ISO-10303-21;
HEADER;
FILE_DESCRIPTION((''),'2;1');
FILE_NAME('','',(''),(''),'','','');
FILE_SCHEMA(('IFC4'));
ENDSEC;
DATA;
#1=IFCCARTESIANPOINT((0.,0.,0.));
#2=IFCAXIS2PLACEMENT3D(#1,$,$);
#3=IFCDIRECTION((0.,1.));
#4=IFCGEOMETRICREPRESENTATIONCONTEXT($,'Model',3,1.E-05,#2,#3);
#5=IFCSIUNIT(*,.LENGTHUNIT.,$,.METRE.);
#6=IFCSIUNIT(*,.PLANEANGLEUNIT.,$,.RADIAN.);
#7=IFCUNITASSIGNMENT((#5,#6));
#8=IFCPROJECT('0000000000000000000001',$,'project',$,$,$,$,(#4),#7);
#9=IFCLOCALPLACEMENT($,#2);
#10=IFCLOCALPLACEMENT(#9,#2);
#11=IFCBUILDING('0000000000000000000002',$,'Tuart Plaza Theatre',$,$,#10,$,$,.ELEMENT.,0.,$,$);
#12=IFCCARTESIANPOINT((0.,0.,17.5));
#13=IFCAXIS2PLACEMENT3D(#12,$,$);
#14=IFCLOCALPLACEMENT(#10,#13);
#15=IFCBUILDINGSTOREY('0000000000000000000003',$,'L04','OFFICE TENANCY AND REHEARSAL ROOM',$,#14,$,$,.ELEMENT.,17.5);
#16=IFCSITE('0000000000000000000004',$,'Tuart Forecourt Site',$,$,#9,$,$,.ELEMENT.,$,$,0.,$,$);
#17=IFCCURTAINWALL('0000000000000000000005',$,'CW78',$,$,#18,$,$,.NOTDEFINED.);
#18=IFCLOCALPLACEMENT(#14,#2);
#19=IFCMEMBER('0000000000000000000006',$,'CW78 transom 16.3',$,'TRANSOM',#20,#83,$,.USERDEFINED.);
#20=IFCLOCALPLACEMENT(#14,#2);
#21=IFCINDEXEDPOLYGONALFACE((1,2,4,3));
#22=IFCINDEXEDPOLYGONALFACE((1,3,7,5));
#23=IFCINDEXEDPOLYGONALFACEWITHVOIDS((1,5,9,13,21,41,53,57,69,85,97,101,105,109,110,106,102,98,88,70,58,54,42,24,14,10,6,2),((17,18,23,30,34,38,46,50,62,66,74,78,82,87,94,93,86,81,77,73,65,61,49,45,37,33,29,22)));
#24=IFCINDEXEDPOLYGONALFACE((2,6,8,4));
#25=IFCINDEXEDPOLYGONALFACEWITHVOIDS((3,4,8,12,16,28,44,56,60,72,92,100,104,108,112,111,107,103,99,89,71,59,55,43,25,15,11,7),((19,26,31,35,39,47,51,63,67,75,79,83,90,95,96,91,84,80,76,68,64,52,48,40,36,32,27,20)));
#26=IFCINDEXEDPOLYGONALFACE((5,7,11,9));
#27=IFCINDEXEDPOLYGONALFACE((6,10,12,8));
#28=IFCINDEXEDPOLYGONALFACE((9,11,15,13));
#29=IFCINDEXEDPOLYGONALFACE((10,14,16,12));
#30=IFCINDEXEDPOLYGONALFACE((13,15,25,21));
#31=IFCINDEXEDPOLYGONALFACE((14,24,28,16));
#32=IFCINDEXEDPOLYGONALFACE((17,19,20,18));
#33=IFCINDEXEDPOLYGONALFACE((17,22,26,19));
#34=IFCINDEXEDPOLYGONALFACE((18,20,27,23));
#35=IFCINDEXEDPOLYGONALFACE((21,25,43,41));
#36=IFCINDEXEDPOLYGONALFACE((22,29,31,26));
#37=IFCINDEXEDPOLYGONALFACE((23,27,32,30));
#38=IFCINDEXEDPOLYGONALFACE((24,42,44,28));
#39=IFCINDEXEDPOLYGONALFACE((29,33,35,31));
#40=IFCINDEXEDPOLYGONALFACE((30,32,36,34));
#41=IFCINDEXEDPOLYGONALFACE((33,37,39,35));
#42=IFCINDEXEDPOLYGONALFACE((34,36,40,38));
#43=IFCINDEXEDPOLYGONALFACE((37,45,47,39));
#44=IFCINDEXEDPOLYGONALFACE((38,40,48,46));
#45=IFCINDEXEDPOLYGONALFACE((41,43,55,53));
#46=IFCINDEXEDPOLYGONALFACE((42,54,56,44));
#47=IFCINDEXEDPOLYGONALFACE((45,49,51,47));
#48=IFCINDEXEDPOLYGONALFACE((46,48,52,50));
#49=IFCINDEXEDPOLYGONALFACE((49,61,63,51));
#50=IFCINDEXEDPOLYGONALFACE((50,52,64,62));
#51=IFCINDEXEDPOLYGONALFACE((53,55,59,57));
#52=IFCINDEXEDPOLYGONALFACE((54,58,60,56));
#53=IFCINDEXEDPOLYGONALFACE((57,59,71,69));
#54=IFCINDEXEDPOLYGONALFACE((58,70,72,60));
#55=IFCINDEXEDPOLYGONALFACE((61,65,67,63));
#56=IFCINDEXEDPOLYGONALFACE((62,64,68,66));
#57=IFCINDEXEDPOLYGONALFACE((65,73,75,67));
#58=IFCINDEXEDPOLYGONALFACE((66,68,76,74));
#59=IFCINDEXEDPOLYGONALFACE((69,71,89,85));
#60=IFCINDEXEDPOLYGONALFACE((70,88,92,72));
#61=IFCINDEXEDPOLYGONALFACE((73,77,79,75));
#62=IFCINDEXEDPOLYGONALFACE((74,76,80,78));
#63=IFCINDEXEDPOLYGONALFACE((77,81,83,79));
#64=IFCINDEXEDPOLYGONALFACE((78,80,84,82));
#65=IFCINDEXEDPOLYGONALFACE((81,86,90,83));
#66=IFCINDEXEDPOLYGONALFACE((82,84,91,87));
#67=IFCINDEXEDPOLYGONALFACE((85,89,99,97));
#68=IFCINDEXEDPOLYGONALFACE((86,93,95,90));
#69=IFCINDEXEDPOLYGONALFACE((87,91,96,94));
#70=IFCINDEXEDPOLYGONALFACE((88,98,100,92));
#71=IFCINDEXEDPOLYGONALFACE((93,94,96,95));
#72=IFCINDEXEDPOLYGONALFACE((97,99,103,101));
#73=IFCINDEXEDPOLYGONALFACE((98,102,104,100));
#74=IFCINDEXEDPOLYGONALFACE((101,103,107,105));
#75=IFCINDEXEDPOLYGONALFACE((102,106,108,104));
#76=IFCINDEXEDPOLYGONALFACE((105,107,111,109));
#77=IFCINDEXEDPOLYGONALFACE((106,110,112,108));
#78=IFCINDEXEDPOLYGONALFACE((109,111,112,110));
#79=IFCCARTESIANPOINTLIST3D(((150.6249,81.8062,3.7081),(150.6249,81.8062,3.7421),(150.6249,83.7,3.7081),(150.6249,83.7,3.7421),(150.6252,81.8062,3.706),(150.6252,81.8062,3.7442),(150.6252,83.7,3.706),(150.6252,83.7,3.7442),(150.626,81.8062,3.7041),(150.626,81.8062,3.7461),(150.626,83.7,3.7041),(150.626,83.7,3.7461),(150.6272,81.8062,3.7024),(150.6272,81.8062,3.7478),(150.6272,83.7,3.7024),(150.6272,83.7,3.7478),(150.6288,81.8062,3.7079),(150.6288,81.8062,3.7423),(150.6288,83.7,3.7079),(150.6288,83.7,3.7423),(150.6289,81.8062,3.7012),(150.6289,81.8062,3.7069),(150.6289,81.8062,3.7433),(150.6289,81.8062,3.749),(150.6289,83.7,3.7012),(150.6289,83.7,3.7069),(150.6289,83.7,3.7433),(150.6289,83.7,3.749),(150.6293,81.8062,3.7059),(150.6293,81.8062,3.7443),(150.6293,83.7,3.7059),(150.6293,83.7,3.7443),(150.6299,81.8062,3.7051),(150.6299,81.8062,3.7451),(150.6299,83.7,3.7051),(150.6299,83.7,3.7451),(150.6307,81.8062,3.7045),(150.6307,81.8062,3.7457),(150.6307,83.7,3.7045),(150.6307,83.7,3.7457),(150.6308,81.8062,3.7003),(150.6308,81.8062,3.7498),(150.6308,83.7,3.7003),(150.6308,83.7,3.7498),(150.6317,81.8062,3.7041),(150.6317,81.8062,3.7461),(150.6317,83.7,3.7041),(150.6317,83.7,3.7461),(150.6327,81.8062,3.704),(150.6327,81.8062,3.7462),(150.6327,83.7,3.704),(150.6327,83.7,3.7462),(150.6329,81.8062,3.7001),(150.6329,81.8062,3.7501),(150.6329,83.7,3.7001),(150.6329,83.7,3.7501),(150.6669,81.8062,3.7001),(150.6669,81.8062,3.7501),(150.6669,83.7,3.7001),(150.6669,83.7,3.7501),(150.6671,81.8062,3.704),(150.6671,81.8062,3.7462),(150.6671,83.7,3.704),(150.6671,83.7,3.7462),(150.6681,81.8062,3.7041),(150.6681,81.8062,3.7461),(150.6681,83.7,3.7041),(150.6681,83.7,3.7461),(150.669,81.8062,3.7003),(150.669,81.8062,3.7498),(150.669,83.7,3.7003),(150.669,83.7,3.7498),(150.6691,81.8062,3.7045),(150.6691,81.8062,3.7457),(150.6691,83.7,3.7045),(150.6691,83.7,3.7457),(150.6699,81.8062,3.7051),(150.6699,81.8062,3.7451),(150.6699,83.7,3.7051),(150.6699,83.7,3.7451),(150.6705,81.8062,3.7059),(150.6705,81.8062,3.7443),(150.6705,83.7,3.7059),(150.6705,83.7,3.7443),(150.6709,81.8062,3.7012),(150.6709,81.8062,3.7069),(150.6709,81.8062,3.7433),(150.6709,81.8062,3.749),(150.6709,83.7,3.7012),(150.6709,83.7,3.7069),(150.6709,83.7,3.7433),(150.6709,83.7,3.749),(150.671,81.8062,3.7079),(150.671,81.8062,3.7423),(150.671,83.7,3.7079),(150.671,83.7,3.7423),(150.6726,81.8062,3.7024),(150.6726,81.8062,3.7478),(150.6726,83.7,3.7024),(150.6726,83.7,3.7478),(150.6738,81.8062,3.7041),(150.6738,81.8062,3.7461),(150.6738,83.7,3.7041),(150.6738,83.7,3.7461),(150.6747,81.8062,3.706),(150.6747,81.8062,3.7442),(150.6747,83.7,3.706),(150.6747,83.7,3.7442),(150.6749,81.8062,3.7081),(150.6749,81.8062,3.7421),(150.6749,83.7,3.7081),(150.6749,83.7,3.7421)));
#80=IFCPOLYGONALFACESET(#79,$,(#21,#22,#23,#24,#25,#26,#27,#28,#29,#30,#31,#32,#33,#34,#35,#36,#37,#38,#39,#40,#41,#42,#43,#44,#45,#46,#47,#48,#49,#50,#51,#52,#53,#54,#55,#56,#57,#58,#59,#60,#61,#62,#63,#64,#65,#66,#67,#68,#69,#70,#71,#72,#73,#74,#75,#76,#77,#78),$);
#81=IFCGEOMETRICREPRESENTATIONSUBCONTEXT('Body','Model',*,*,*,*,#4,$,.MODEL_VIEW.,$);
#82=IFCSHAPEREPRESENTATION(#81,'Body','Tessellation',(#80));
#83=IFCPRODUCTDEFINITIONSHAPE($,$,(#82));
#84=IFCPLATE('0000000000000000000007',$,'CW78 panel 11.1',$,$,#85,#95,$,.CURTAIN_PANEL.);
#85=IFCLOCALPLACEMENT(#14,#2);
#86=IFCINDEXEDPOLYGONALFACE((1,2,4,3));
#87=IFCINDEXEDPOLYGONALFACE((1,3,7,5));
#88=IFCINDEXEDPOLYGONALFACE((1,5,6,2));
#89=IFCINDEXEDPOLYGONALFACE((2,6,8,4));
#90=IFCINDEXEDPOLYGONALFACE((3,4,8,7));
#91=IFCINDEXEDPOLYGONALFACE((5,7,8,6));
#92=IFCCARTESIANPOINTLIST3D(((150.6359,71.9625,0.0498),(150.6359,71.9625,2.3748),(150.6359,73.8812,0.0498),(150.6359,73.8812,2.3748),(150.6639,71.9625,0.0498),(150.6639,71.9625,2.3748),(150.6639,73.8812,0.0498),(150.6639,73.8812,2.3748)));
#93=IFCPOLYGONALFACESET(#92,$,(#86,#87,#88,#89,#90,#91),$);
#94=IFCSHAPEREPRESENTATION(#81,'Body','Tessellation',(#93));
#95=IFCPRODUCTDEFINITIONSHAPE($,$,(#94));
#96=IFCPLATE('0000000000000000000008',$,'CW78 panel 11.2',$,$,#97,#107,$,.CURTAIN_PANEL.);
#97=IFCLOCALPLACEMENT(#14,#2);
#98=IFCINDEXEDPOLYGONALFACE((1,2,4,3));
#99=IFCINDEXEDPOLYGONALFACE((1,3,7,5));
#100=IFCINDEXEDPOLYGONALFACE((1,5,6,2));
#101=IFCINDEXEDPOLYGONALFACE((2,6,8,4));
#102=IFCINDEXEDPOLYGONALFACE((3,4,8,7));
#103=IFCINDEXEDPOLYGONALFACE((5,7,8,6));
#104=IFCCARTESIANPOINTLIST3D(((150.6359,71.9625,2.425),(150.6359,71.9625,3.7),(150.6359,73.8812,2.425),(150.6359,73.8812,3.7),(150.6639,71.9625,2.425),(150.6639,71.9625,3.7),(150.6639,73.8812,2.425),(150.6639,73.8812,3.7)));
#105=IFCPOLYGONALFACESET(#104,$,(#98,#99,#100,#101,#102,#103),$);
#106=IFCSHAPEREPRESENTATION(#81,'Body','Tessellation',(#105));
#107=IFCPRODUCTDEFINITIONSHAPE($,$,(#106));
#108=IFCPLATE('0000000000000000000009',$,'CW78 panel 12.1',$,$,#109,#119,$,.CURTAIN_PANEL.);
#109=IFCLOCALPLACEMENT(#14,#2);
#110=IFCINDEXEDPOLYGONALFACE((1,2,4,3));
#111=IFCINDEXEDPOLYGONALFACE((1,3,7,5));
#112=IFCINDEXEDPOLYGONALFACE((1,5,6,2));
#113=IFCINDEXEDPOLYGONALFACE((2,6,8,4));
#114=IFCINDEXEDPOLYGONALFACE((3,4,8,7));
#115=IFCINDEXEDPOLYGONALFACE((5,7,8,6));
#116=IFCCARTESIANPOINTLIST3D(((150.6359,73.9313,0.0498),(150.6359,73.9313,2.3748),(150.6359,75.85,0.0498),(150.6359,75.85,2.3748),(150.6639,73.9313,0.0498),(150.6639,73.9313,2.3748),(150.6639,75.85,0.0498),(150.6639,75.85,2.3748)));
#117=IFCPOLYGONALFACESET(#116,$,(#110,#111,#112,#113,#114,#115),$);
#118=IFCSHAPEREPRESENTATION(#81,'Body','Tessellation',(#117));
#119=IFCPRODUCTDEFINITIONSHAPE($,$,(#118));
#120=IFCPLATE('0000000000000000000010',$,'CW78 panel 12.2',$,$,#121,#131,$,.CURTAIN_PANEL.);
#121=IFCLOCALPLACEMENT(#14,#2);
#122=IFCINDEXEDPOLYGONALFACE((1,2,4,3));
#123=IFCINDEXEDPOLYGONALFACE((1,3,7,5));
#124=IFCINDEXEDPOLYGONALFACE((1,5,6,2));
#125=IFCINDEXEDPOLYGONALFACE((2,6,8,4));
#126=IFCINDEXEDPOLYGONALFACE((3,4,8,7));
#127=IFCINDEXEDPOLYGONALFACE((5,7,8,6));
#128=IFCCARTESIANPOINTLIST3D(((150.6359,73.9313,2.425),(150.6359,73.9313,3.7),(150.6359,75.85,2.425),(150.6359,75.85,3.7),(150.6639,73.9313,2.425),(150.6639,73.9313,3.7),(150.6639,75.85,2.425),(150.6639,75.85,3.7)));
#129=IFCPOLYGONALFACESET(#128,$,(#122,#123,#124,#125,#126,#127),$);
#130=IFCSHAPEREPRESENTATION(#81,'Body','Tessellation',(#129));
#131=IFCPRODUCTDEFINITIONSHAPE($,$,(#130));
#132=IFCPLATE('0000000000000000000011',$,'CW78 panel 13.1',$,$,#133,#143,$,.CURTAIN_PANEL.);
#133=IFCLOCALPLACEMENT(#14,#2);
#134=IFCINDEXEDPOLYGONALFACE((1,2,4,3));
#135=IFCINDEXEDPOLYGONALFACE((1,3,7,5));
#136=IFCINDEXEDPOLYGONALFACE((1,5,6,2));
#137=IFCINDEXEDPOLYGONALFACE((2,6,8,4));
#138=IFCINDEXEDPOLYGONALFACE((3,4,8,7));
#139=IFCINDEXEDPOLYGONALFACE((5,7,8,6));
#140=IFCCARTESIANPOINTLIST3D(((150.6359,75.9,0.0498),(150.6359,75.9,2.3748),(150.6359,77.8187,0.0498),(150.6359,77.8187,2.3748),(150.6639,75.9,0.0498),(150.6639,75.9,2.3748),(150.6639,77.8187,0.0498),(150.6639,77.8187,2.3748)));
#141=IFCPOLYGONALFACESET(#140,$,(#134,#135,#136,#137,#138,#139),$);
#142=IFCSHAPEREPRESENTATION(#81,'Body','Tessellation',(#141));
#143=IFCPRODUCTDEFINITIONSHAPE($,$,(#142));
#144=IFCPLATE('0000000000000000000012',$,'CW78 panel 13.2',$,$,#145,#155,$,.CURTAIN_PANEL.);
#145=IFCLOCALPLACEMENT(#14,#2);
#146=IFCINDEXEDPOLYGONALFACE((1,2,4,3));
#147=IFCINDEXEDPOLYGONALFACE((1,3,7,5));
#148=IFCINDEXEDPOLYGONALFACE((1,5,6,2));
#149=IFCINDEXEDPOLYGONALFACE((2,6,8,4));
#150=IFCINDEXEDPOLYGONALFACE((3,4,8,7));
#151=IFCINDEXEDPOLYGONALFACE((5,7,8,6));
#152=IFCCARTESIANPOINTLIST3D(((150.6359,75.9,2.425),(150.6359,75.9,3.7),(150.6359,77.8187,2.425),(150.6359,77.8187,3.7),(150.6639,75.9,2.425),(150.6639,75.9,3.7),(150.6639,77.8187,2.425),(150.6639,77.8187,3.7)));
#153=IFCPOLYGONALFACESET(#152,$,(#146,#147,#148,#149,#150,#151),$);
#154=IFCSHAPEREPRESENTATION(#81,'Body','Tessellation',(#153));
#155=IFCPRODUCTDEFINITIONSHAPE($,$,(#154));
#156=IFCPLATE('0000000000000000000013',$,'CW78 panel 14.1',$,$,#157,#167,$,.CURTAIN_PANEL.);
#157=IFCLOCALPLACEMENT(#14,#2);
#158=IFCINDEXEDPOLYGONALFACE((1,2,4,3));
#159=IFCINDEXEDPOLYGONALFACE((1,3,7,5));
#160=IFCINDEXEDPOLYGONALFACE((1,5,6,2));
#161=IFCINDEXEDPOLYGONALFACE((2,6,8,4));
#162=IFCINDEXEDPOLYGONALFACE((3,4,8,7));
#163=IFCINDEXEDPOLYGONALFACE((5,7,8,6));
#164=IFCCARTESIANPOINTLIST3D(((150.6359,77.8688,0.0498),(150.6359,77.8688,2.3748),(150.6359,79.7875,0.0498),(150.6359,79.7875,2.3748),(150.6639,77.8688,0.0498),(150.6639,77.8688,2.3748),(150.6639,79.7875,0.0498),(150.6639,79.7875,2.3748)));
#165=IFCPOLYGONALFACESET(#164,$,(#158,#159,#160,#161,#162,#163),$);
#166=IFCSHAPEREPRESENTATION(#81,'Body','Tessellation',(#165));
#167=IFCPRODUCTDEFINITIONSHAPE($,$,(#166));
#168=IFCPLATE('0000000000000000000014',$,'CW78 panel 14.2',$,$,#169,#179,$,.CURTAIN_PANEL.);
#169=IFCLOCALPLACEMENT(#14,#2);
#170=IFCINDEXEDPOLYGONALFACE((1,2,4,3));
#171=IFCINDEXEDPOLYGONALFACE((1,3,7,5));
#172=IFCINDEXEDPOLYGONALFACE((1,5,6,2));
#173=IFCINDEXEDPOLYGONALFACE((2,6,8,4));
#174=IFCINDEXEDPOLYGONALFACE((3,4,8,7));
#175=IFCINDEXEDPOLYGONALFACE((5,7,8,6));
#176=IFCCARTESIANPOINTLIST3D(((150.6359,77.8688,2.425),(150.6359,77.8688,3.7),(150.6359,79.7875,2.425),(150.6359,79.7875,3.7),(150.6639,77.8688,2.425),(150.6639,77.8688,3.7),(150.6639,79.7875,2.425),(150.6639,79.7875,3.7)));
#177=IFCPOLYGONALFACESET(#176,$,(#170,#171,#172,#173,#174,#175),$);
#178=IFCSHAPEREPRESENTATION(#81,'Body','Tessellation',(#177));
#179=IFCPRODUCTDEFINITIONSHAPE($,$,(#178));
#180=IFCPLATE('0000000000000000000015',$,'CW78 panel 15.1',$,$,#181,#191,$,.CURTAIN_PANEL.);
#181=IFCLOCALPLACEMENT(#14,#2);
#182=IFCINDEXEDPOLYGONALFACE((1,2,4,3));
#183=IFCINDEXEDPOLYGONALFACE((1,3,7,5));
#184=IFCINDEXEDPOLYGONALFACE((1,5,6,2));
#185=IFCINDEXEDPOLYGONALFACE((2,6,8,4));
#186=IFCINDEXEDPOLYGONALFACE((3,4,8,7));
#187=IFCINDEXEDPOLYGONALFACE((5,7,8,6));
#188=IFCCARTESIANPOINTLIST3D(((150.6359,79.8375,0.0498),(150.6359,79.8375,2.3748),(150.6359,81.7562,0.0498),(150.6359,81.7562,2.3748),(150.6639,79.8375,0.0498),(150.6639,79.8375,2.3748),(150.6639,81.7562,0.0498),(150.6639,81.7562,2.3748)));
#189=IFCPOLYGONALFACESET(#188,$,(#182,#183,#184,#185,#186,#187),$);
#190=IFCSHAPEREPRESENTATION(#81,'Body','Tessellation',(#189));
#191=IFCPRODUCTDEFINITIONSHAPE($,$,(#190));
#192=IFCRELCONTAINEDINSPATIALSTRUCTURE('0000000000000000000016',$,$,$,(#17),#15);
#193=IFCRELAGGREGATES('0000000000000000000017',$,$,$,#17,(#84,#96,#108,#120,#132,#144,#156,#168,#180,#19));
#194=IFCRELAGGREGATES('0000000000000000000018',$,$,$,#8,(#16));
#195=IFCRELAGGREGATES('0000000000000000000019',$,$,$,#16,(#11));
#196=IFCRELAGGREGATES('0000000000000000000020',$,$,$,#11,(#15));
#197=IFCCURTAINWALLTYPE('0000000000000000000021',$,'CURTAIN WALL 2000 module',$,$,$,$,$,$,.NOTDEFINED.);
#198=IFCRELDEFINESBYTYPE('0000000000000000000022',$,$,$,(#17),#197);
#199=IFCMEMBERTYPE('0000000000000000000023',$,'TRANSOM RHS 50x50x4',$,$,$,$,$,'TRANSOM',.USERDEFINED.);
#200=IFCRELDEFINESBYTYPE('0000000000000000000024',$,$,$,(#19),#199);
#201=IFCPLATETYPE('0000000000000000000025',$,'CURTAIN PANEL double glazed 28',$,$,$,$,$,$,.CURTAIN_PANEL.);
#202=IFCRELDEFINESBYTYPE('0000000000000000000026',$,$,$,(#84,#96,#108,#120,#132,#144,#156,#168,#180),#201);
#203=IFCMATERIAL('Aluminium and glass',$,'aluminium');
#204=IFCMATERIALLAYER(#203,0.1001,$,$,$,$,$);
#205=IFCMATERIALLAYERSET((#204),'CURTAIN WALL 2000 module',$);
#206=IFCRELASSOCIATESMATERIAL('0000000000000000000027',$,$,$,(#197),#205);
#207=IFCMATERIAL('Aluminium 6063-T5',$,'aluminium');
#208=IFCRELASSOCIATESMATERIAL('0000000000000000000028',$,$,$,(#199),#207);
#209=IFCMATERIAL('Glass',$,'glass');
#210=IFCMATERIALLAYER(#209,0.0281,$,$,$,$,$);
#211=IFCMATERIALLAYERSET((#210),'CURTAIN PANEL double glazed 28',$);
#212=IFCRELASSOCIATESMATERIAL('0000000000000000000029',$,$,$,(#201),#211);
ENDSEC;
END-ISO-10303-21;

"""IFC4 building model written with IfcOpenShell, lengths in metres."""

from ifc_helpers import new_model, si_unit, direction, frame, origin, origin_2d, place, context, subcontext, project, spatial, rectangle, hollow_rectangle, extrude, material, layer, layer_set, material_profile, profile_set, type_object, element, aggregate, save


model = new_model("IFC4")

# Units and contexts
model_context = context("Model", 3, precision=1e-05, world=origin(), true_north=direction((0.0, 1.0)))
body_context = subcontext(model_context, "Body", "Model", "MODEL_VIEW")
ifc_project = project(units=[si_unit("LENGTHUNIT", "METRE"), si_unit("PLANEANGLEUNIT", "RADIAN")], contexts=[model_context])

# Site, building, storey
site_placement = place(None, origin())
site = spatial("IfcSite", under=ifc_project, at=site_placement, Name="Tuart Forecourt Site", CompositionType="ELEMENT", RefElevation=0.0)
building_placement = place(site_placement, origin())
building = spatial("IfcBuilding", under=site, at=building_placement, Name="Tuart Plaza Theatre", CompositionType="ELEMENT", ElevationOfRefHeight=0.0)
storey_placement = place(building_placement, frame((0.0, 0.0, 17.5)))
storey = spatial("IfcBuildingStorey", under=building, at=storey_placement, Name="L04", Description="OFFICE TENANCY AND REHEARSAL ROOM", CompositionType="ELEMENT", Elevation=17.5)

# Curtain wall
ifc_material_1 = material(Name="Aluminium and glass", Category="aluminium")
ifc_layer_1 = layer(ifc_material_1, 0.1001)
ifc_layer_set_1 = layer_set([ifc_layer_1], Name="CURTAIN WALL 2000 module")
curtain_wall_type = type_object("IfcCurtainWallType", Name="CURTAIN WALL 2000 module", PredefinedType="NOTDEFINED", material=ifc_layer_set_1)
curtain_wall_1_placement = place(storey_placement, origin())
curtain_wall_1 = element("IfcCurtainWall", 1, at=curtain_wall_1_placement, inside=storey, type_object=curtain_wall_type, Name="CW78", PredefinedType="NOTDEFINED")

# Member
ifc_material_2 = material(Name="Aluminium 6063-T5", Category="aluminium")
ifc_material_profile_1 = material_profile(ifc_material_2, hollow_rectangle(XDim=0.05, YDim=0.05, WallThickness=0.0039, InnerFilletRadius=0.0039, OuterFilletRadius=0.0081, at=origin_2d()), Name="RHS 50x50x4")
ifc_profile_set_1 = profile_set([ifc_material_profile_1], Name="Aluminium 6063-T5")
member_type_1 = type_object("IfcMemberType", Name="TRANSOM RHS 50x50x4", ElementType="TRANSOM", PredefinedType="USERDEFINED", material=ifc_profile_set_1)
member_1_placement = place(storey_placement, frame((150.6499, 81.8062, 3.7251), z_axis=(0.0, 1.0, 0.0), x_axis=(-1.0, 0.0, 0.0)))
member_1 = element("IfcMember", 2, at=member_1_placement, type_object=member_type_1, Name="CW78 transom 16.3", ObjectType="TRANSOM", PredefinedType="USERDEFINED", context=body_context, shape_type="SweptSolid", body=[
    extrude(hollow_rectangle(XDim=0.05, YDim=0.05, WallThickness=0.0039, InnerFilletRadius=0.0039, OuterFilletRadius=0.0081, at=origin_2d()), origin(), (0.0, 0.0, 1.0), 1.8938),
])

# Plates
ifc_material_3 = material(Name="Glass", Category="glass")
ifc_layer_2 = layer(ifc_material_3, 0.0281)
ifc_layer_set_2 = layer_set([ifc_layer_2], Name="CURTAIN PANEL double glazed 28")
plate_type = type_object("IfcPlateType", Name="CURTAIN PANEL double glazed 28", PredefinedType="CURTAIN_PANEL", material=ifc_layer_set_2)
plate_1_placement = place(storey_placement, frame((150.6499, 72.9219, 0.0498), z_axis=(0.0, 0.0, 1.0), x_axis=(0.0, 1.0, 0.0)))
plate_1 = element("IfcPlate", 3, at=plate_1_placement, type_object=plate_type, Name="CW78 panel 11.1", PredefinedType="CURTAIN_PANEL", context=body_context, shape_type="SweptSolid", body=[
    extrude(rectangle(XDim=1.9187, YDim=0.0281, at=origin_2d()), origin(), (0.0, 0.0, 1.0), 2.325),
])
plate_2_placement = place(storey_placement, frame((150.6499, 72.9219, 2.425), z_axis=(0.0, 0.0, 1.0), x_axis=(0.0, 1.0, 0.0)))
plate_2 = element("IfcPlate", 4, at=plate_2_placement, type_object=plate_type, Name="CW78 panel 11.2", PredefinedType="CURTAIN_PANEL", context=body_context, shape_type="SweptSolid", body=[
    extrude(rectangle(XDim=1.9187, YDim=0.0281, at=origin_2d()), origin(), (0.0, 0.0, 1.0), 1.2749),
])
plate_3_placement = place(storey_placement, frame((150.6499, 74.8906, 0.0498), z_axis=(0.0, 0.0, 1.0), x_axis=(0.0, 1.0, 0.0)))
plate_3 = element("IfcPlate", 5, at=plate_3_placement, type_object=plate_type, Name="CW78 panel 12.1", PredefinedType="CURTAIN_PANEL", context=body_context, shape_type="SweptSolid", body=[
    extrude(rectangle(XDim=1.9187, YDim=0.0281, at=origin_2d()), origin(), (0.0, 0.0, 1.0), 2.325),
])
plate_4_placement = place(storey_placement, frame((150.6499, 74.8906, 2.425), z_axis=(0.0, 0.0, 1.0), x_axis=(0.0, 1.0, 0.0)))
plate_4 = element("IfcPlate", 6, at=plate_4_placement, type_object=plate_type, Name="CW78 panel 12.2", PredefinedType="CURTAIN_PANEL", context=body_context, shape_type="SweptSolid", body=[
    extrude(rectangle(XDim=1.9187, YDim=0.0281, at=origin_2d()), origin(), (0.0, 0.0, 1.0), 1.2749),
])
plate_5_placement = place(storey_placement, frame((150.6499, 76.8594, 0.0498), z_axis=(0.0, 0.0, 1.0), x_axis=(0.0, 1.0, 0.0)))
plate_5 = element("IfcPlate", 7, at=plate_5_placement, type_object=plate_type, Name="CW78 panel 13.1", PredefinedType="CURTAIN_PANEL", context=body_context, shape_type="SweptSolid", body=[
    extrude(rectangle(XDim=1.9187, YDim=0.0281, at=origin_2d()), origin(), (0.0, 0.0, 1.0), 2.325),
])
plate_6_placement = place(storey_placement, frame((150.6499, 76.8594, 2.425), z_axis=(0.0, 0.0, 1.0), x_axis=(0.0, 1.0, 0.0)))
plate_6 = element("IfcPlate", 8, at=plate_6_placement, type_object=plate_type, Name="CW78 panel 13.2", PredefinedType="CURTAIN_PANEL", context=body_context, shape_type="SweptSolid", body=[
    extrude(rectangle(XDim=1.9187, YDim=0.0281, at=origin_2d()), origin(), (0.0, 0.0, 1.0), 1.2749),
])
plate_7_placement = place(storey_placement, frame((150.6499, 78.8281, 0.0498), z_axis=(0.0, 0.0, 1.0), x_axis=(0.0, 1.0, 0.0)))
plate_7 = element("IfcPlate", 9, at=plate_7_placement, type_object=plate_type, Name="CW78 panel 14.1", PredefinedType="CURTAIN_PANEL", context=body_context, shape_type="SweptSolid", body=[
    extrude(rectangle(XDim=1.9187, YDim=0.0281, at=origin_2d()), origin(), (0.0, 0.0, 1.0), 2.325),
])
plate_8_placement = place(storey_placement, frame((150.6499, 78.8281, 2.425), z_axis=(0.0, 0.0, 1.0), x_axis=(0.0, 1.0, 0.0)))
plate_8 = element("IfcPlate", 10, at=plate_8_placement, type_object=plate_type, Name="CW78 panel 14.2", PredefinedType="CURTAIN_PANEL", context=body_context, shape_type="SweptSolid", body=[
    extrude(rectangle(XDim=1.9187, YDim=0.0281, at=origin_2d()), origin(), (0.0, 0.0, 1.0), 1.2749),
])
plate_9_placement = place(storey_placement, frame((150.6499, 80.7969, 0.0498), z_axis=(0.0, 0.0, 1.0), x_axis=(0.0, 1.0, 0.0)))
plate_9 = element("IfcPlate", 11, at=plate_9_placement, type_object=plate_type, Name="CW78 panel 15.1", PredefinedType="CURTAIN_PANEL", context=body_context, shape_type="SweptSolid", body=[
    extrude(rectangle(XDim=1.9187, YDim=0.0281, at=origin_2d()), origin(), (0.0, 0.0, 1.0), 2.325),
])
aggregate(curtain_wall_1, [plate_1, plate_2, plate_3, plate_4, plate_5, plate_6, plate_7, plate_8, plate_9, member_1])

save(model, "model.ifc")
